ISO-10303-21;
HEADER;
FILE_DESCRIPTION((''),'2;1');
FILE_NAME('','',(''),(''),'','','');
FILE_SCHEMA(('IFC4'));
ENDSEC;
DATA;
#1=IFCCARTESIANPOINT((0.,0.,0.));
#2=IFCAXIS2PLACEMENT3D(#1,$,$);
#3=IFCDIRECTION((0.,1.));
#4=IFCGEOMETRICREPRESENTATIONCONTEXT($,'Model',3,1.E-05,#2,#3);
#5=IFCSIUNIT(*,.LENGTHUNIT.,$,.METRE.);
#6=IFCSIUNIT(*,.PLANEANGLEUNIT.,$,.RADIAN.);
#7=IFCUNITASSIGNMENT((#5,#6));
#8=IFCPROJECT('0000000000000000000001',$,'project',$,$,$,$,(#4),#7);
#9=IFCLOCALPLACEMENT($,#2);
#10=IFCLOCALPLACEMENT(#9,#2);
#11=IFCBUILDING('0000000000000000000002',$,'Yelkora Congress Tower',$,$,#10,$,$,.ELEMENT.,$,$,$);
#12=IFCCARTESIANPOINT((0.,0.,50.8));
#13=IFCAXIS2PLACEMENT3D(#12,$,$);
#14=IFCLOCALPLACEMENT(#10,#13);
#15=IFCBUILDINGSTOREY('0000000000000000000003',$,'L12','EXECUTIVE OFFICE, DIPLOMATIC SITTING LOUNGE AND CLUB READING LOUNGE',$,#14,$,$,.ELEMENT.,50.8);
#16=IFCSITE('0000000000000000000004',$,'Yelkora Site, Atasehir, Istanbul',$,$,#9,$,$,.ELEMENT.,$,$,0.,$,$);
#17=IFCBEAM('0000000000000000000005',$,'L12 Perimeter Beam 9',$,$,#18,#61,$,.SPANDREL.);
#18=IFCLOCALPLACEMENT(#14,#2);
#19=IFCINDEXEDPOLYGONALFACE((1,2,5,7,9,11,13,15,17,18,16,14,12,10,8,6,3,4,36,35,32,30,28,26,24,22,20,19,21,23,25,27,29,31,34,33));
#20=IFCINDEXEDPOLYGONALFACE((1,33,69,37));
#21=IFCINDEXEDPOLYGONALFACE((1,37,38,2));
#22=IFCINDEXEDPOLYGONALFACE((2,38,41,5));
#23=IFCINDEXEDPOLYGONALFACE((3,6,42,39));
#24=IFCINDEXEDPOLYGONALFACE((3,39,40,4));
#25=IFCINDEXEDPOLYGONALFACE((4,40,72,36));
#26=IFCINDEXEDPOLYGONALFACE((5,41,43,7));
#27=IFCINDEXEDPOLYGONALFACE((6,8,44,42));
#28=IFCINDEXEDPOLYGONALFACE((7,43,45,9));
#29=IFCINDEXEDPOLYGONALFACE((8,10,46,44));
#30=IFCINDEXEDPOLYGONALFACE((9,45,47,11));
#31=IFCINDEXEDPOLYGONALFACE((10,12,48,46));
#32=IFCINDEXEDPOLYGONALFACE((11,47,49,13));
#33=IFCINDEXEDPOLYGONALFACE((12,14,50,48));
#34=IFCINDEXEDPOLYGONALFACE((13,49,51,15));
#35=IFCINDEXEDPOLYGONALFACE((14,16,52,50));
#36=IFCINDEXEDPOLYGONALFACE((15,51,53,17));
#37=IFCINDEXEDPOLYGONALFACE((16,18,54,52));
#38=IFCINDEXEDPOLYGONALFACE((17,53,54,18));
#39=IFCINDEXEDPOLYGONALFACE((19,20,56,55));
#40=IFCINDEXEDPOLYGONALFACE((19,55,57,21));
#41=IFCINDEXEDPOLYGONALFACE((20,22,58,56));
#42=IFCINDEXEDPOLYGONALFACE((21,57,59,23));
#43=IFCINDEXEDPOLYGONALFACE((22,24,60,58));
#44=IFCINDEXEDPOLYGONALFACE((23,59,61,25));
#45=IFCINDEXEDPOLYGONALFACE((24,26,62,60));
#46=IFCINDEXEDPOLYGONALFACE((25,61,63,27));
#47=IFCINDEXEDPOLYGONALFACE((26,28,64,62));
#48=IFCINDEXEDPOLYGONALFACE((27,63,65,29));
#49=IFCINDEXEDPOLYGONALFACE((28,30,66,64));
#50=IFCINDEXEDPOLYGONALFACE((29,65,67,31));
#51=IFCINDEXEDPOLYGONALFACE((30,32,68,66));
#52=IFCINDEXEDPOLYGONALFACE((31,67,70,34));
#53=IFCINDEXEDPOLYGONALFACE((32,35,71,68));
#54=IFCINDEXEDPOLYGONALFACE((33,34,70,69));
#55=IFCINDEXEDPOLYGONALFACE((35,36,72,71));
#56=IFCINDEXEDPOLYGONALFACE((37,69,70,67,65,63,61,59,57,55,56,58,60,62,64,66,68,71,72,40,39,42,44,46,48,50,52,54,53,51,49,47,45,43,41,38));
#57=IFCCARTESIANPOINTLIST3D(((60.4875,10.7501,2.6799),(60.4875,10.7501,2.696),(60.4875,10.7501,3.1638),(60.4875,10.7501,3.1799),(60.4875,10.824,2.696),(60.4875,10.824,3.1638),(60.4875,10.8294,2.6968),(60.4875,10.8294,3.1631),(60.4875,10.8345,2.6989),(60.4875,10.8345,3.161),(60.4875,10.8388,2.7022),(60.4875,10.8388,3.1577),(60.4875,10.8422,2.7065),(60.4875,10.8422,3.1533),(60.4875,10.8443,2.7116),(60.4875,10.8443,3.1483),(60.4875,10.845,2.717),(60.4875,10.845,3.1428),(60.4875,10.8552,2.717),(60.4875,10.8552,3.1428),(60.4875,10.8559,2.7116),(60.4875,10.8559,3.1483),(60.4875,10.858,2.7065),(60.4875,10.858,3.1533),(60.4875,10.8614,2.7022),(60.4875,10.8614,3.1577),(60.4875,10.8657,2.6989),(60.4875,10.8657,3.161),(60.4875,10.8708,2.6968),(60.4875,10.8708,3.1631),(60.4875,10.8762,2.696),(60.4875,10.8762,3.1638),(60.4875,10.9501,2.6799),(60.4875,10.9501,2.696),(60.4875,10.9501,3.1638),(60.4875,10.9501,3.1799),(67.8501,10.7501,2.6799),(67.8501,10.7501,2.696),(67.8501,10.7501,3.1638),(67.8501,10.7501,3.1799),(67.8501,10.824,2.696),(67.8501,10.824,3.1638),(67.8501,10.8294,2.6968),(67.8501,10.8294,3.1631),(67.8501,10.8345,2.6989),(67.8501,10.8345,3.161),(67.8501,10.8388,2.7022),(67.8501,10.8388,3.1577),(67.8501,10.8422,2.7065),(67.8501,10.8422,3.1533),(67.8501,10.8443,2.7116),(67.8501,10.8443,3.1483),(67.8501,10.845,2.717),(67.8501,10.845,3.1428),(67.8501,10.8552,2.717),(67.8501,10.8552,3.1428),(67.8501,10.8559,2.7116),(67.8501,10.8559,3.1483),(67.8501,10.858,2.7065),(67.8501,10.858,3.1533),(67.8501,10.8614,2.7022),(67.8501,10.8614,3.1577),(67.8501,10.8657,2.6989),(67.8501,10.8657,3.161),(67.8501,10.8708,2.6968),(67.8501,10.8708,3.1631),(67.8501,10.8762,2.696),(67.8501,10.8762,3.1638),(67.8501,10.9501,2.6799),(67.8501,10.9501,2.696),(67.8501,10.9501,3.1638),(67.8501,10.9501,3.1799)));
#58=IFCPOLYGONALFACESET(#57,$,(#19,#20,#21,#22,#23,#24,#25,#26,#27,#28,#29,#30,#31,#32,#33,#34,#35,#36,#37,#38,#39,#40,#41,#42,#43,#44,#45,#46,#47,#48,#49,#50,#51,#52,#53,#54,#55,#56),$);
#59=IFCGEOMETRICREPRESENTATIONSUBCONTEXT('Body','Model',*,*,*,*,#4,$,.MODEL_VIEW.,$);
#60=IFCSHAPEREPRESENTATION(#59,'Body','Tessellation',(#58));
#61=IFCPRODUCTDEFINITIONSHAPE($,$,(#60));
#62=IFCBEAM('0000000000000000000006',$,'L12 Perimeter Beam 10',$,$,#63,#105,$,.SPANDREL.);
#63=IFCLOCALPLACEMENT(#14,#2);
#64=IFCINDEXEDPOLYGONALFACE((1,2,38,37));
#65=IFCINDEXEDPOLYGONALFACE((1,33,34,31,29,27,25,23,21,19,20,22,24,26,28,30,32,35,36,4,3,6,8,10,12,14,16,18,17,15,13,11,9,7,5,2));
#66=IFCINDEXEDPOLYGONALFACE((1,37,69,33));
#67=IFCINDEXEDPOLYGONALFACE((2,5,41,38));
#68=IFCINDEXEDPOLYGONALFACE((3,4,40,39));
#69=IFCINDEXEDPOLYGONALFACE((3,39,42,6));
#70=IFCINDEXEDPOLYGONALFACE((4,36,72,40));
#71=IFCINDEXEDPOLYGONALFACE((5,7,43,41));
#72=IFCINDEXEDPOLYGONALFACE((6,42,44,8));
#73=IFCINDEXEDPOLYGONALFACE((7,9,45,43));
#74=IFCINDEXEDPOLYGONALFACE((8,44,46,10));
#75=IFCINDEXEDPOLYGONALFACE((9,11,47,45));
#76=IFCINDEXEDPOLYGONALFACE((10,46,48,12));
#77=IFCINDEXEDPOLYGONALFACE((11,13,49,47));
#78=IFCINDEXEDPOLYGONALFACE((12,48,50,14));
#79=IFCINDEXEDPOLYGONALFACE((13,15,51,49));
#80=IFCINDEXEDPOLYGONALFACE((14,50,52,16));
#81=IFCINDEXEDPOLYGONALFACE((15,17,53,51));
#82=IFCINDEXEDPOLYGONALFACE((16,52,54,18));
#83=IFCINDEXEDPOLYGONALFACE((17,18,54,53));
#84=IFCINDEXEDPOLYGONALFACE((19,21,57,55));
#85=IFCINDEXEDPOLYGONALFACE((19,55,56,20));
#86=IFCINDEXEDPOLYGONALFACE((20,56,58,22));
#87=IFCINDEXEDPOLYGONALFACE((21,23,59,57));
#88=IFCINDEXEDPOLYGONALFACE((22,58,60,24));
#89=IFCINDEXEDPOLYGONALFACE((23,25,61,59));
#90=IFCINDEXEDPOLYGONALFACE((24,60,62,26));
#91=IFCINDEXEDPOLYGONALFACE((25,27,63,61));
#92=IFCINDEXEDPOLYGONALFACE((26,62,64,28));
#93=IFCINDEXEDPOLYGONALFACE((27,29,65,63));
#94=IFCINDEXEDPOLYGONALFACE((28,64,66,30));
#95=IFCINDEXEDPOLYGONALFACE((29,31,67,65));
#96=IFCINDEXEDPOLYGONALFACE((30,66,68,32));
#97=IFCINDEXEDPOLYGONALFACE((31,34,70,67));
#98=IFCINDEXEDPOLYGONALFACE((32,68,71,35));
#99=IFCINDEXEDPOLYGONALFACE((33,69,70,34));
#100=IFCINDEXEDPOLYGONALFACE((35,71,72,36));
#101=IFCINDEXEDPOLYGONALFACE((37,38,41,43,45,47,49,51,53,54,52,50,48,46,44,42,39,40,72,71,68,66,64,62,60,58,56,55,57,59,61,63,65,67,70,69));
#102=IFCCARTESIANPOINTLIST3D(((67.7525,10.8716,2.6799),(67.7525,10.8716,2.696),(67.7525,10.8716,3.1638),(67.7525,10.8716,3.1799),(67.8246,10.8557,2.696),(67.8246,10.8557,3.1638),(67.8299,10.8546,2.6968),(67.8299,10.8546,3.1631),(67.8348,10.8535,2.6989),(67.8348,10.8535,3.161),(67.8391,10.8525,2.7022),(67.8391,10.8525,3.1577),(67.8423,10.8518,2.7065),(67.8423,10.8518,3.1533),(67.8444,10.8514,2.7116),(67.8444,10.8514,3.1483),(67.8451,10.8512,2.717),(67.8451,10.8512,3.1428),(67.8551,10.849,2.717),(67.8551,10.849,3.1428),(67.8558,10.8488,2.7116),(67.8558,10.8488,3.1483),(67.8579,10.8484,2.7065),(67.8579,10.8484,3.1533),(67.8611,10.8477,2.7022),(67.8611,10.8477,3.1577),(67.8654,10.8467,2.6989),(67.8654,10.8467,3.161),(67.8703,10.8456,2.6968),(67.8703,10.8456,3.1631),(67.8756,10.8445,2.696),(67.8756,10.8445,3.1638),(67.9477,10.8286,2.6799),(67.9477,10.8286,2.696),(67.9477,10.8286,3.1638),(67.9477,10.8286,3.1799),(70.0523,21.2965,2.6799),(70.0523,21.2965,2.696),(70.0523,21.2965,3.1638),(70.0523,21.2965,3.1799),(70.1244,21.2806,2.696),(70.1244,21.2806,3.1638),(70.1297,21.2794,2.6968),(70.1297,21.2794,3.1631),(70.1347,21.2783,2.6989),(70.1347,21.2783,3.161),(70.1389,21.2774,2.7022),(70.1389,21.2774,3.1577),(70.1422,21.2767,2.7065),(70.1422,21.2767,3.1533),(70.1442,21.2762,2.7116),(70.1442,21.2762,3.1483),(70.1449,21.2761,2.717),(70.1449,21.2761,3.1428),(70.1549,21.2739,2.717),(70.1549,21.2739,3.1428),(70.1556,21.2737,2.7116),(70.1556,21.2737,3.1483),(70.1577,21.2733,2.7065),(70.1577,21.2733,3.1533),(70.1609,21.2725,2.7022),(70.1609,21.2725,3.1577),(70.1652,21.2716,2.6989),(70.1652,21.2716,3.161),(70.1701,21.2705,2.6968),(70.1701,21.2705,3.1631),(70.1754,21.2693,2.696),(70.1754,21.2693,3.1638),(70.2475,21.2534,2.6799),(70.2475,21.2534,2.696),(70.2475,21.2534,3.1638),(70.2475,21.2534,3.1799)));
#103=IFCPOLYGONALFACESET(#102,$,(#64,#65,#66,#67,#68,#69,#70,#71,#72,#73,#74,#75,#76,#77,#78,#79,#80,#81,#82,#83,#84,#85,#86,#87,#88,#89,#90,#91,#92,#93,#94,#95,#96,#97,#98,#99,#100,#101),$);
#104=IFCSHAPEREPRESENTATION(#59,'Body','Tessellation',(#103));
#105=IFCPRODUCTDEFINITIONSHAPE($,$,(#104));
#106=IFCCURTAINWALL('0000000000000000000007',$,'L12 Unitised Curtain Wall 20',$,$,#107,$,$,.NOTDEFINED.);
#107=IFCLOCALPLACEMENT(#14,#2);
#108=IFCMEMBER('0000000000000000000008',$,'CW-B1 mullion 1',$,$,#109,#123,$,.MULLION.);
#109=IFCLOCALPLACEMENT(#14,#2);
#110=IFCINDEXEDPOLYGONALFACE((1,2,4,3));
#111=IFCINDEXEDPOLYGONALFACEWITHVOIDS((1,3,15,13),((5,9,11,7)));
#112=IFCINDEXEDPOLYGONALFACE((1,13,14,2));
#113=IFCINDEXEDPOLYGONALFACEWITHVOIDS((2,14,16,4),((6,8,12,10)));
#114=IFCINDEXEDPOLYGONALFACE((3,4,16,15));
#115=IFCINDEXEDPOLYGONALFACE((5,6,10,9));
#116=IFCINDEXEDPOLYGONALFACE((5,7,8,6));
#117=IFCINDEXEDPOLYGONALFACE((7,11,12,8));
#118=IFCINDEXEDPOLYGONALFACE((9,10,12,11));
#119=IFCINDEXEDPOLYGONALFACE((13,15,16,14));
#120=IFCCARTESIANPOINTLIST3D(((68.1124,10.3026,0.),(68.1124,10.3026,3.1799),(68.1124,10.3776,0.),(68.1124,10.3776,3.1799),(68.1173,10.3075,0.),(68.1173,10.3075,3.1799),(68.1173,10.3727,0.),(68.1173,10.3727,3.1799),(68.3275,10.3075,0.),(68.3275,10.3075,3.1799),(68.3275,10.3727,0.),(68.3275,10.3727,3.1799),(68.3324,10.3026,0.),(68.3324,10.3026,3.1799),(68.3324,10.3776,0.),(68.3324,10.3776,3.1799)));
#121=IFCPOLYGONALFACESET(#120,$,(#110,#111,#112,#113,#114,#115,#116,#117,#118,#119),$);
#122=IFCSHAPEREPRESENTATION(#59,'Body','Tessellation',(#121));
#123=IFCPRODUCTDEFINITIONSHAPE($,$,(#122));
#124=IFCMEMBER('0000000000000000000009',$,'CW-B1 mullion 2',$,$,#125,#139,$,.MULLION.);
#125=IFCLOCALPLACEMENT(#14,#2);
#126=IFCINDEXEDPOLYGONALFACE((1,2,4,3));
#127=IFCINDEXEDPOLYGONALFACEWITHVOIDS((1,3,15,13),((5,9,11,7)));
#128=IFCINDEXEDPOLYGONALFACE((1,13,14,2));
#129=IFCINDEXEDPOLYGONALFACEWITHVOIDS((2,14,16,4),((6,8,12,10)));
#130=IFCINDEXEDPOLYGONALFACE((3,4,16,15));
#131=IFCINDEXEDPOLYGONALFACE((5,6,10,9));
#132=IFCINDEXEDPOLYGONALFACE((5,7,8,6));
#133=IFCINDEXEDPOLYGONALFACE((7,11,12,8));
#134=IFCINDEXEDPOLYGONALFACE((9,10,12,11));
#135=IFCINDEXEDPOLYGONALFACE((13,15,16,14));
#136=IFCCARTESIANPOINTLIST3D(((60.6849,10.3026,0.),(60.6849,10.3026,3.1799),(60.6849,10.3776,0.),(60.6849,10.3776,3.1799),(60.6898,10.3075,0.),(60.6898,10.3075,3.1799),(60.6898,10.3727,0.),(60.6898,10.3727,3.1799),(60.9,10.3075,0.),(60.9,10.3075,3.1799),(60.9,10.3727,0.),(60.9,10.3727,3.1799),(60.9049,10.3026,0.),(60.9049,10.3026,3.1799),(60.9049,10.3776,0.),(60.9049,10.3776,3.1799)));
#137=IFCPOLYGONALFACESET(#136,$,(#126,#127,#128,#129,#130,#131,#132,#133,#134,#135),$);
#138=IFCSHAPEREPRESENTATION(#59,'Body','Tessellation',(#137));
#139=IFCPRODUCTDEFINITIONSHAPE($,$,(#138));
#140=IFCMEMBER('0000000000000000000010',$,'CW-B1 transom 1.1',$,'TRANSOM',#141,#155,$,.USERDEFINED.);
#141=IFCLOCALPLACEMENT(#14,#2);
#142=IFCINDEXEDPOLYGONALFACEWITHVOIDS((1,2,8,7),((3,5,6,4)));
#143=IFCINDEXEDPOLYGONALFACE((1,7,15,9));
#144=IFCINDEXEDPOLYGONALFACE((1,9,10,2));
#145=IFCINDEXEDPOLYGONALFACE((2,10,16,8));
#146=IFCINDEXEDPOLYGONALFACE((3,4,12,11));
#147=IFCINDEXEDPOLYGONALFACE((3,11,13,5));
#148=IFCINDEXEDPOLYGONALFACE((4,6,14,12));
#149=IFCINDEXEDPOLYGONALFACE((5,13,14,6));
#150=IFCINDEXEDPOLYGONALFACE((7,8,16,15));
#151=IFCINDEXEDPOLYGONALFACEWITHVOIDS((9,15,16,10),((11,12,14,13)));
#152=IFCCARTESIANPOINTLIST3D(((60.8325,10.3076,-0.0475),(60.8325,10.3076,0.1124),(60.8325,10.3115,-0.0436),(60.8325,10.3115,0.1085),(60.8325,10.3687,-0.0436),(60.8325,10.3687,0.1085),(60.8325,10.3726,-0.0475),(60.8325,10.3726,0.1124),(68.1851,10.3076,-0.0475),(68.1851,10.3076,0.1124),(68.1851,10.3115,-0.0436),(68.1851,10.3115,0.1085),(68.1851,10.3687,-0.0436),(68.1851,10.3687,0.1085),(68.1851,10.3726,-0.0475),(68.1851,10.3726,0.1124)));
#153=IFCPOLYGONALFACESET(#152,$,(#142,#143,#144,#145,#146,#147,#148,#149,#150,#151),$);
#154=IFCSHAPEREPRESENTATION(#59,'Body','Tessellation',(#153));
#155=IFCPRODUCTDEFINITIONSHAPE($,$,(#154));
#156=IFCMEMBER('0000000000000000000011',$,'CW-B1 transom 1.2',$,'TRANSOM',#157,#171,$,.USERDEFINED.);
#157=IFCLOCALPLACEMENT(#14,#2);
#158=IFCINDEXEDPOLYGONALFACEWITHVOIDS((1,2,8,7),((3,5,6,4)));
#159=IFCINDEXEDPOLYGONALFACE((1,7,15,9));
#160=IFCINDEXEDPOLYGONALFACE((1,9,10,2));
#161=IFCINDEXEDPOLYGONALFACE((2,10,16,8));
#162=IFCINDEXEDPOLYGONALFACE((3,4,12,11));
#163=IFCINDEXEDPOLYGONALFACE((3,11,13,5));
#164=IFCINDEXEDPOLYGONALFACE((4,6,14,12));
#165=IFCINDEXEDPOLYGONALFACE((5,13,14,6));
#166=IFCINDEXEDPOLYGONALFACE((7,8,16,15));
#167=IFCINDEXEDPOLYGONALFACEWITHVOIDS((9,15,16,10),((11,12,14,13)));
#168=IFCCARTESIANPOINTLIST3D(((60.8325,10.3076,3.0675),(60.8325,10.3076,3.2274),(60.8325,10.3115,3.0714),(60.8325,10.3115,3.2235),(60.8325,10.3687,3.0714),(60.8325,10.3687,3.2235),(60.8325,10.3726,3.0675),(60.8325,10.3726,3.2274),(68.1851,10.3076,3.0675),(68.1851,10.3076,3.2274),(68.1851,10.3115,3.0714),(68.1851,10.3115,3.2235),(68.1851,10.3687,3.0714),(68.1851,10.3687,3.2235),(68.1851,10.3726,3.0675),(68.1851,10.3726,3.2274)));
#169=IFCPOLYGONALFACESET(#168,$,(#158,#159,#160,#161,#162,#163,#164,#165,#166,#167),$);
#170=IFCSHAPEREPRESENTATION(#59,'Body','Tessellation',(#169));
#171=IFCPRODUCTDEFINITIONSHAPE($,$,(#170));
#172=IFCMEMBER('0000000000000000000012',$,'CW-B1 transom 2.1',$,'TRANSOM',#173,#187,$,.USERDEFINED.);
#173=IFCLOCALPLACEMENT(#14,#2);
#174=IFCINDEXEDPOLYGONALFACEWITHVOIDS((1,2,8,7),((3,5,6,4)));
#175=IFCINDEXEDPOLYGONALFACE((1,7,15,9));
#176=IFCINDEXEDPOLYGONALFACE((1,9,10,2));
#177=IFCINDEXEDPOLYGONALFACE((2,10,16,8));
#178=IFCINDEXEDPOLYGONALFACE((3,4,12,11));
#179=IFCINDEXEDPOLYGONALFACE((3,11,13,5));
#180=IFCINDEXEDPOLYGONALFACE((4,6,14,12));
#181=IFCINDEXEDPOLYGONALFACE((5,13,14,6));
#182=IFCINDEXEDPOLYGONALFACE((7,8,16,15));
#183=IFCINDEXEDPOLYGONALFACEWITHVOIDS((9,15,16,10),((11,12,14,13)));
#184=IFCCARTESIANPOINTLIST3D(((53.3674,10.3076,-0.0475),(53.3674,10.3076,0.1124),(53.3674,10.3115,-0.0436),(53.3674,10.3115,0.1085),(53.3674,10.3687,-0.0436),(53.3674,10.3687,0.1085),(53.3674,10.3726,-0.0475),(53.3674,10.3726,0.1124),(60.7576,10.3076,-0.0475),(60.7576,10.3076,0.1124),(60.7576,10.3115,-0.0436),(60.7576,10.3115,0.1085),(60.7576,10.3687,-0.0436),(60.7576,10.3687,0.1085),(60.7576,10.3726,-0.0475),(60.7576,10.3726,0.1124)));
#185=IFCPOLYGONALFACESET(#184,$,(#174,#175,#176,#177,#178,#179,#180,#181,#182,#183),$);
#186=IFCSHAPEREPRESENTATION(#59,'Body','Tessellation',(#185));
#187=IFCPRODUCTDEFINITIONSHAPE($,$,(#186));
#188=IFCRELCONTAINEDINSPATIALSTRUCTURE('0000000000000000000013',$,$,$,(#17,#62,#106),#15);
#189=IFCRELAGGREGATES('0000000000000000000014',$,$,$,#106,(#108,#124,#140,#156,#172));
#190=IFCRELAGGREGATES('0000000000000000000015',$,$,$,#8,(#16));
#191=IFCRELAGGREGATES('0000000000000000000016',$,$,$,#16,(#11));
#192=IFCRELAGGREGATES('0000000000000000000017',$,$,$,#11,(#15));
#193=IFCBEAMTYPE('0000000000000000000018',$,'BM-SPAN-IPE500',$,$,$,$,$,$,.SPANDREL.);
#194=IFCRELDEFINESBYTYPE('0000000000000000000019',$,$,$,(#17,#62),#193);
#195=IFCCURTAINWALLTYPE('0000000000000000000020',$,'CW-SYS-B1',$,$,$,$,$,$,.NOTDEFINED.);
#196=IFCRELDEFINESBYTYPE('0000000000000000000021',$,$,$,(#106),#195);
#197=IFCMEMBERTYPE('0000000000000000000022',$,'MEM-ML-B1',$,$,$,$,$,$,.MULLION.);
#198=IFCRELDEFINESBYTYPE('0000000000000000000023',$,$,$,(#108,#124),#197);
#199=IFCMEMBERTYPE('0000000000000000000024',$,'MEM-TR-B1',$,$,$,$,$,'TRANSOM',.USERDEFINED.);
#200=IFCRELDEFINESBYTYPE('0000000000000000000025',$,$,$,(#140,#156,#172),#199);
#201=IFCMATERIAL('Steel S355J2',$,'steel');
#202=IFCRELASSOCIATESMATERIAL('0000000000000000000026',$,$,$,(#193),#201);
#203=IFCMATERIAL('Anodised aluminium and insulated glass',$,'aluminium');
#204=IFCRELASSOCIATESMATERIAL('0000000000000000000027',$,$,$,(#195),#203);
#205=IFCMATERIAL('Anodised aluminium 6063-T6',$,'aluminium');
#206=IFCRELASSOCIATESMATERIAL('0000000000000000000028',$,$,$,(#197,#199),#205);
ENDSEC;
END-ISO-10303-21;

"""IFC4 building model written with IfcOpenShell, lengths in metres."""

from ifc_helpers import new_model, si_unit, direction, frame, origin, origin_2d, place, context, subcontext, project, spatial, hollow_rectangle, i_section, extrude, material, material_profile, profile_set, type_object, element, aggregate, save


model = new_model("IFC4")

# Units and contexts
model_context = context("Model", 3, precision=1e-05, world=origin(), true_north=direction((0.0, 1.0)))
body_context = subcontext(model_context, "Body", "Model", "MODEL_VIEW")
ifc_project = project(units=[si_unit("LENGTHUNIT", "METRE"), si_unit("PLANEANGLEUNIT", "RADIAN")], contexts=[model_context])

# Site, building, storey
site_placement = place(None, origin())
site = spatial("IfcSite", under=ifc_project, at=site_placement, Name="Yelkora Site, Atasehir, Istanbul", CompositionType="ELEMENT", RefElevation=0.0)
building_placement = place(site_placement, origin())
building = spatial("IfcBuilding", under=site, at=building_placement, Name="Yelkora Congress Tower", CompositionType="ELEMENT")
storey_placement = place(building_placement, frame((0.0, 0.0, 50.8)))
storey = spatial("IfcBuildingStorey", under=building, at=storey_placement, Name="L12", Description="EXECUTIVE OFFICE, DIPLOMATIC SITTING LOUNGE AND CLUB READING LOUNGE", CompositionType="ELEMENT", Elevation=50.8)

# Beams
ifc_material_1 = material(Name="Steel S355J2", Category="steel")
ifc_material_profile_1 = material_profile(ifc_material_1, i_section(OverallWidth=0.2, OverallDepth=0.5, WebThickness=0.0103, FlangeThickness=0.0161, FilletRadius=0.021, at=origin_2d()), Name="IPE 500")
ifc_profile_set_1 = profile_set([ifc_material_profile_1], Name="Steel S355J2")
beam_type_1 = type_object("IfcBeamType", Name="BM-SPAN-IPE500", PredefinedType="SPANDREL", material=ifc_profile_set_1)
beam_1_placement = place(storey_placement, frame((60.4875, 10.8501, 2.9299), z_axis=(1.0, 0.0, 0.0), x_axis=(0.0, 1.0, 0.0)))
element("IfcBeam", 1, at=beam_1_placement, inside=storey, type_object=beam_type_1, Name="L12 Perimeter Beam 9", PredefinedType="SPANDREL", context=body_context, shape_type="SweptSolid", body=[
    extrude(i_section(OverallWidth=0.2, OverallDepth=0.5, WebThickness=0.0103, FlangeThickness=0.0161, FilletRadius=0.021, at=origin_2d()), origin(), (0.0, 0.0, 1.0), 7.3625),
])
beam_2_placement = place(storey_placement, frame((67.8501, 10.8501, 2.9299), z_axis=(0.215429, 0.97652, 0.0), x_axis=(-0.97652, 0.215429, 0.0)))
element("IfcBeam", 2, at=beam_2_placement, inside=storey, type_object=beam_type_1, Name="L12 Perimeter Beam 10", PredefinedType="SPANDREL", context=body_context, shape_type="SweptSolid", body=[
    extrude(i_section(OverallWidth=0.2, OverallDepth=0.5, WebThickness=0.0103, FlangeThickness=0.0161, FilletRadius=0.021, at=origin_2d()), origin(), (0.0, 0.0, 1.0), 10.6755),
])

# Curtain wall, members
ifc_material_2 = material(Name="Anodised aluminium and insulated glass", Category="aluminium")
curtain_wall_type = type_object("IfcCurtainWallType", Name="CW-SYS-B1", PredefinedType="NOTDEFINED", material=ifc_material_2)
curtain_wall_placement = place(storey_placement, origin())
curtain_wall = element("IfcCurtainWall", 3, at=curtain_wall_placement, inside=storey, type_object=curtain_wall_type, Name="L12 Unitised Curtain Wall 20", PredefinedType="NOTDEFINED")
ifc_material_3 = material(Name="Anodised aluminium 6063-T6", Category="aluminium")
ifc_material_profile_2 = material_profile(ifc_material_3, hollow_rectangle(XDim=0.075, YDim=0.22, WallThickness=0.0049, at=origin_2d()), Name="ALU 75x220x5")
ifc_profile_set_2 = profile_set([ifc_material_profile_2], Name="Anodised aluminium 6063-T6")
member_type_1 = type_object("IfcMemberType", Name="MEM-ML-B1", PredefinedType="MULLION", material=ifc_profile_set_2)
member_1_placement = place(storey_placement, frame((68.2224, 10.3401, 0.0), z_axis=(0.0, 0.0, 1.0), x_axis=(0.0, -1.0, 0.0)))
member_1 = element("IfcMember", 4, at=member_1_placement, type_object=member_type_1, Name="CW-B1 mullion 1", PredefinedType="MULLION", context=body_context, shape_type="SweptSolid", body=[
    extrude(hollow_rectangle(XDim=0.075, YDim=0.22, WallThickness=0.0049, at=origin_2d()), origin(), (0.0, 0.0, 1.0), 3.1799),
])
member_2_placement = place(storey_placement, frame((60.7949, 10.3401, 0.0), z_axis=(0.0, 0.0, 1.0), x_axis=(0.0, -1.0, 0.0)))
member_2 = element("IfcMember", 5, at=member_2_placement, type_object=member_type_1, Name="CW-B1 mullion 2", PredefinedType="MULLION", context=body_context, shape_type="SweptSolid", body=[
    extrude(hollow_rectangle(XDim=0.075, YDim=0.22, WallThickness=0.0049, at=origin_2d()), origin(), (0.0, 0.0, 1.0), 3.1799),
])
ifc_material_profile_3 = material_profile(ifc_material_3, hollow_rectangle(XDim=0.0649, YDim=0.1599, WallThickness=0.0039, at=origin_2d()), Name="ALU 65x160x4")
ifc_profile_set_3 = profile_set([ifc_material_profile_3], Name="Anodised aluminium 6063-T6")
member_type_2 = type_object("IfcMemberType", Name="MEM-TR-B1", ElementType="TRANSOM", PredefinedType="USERDEFINED", material=ifc_profile_set_3)
member_3_placement = place(storey_placement, frame((68.1851, 10.3401, 0.0325), z_axis=(-1.0, 0.0, 0.0), x_axis=(0.0, -1.0, 0.0)))
member_3 = element("IfcMember", 6, at=member_3_placement, type_object=member_type_2, Name="CW-B1 transom 1.1", ObjectType="TRANSOM", PredefinedType="USERDEFINED", context=body_context, shape_type="SweptSolid", body=[
    extrude(hollow_rectangle(XDim=0.0649, YDim=0.1599, WallThickness=0.0039, at=origin_2d()), origin(), (0.0, 0.0, 1.0), 7.3525),
])
member_4_placement = place(storey_placement, frame((68.1851, 10.3401, 3.1475), z_axis=(-1.0, 0.0, 0.0), x_axis=(0.0, -1.0, 0.0)))
member_4 = element("IfcMember", 7, at=member_4_placement, type_object=member_type_2, Name="CW-B1 transom 1.2", ObjectType="TRANSOM", PredefinedType="USERDEFINED", context=body_context, shape_type="SweptSolid", body=[
    extrude(hollow_rectangle(XDim=0.0649, YDim=0.1599, WallThickness=0.0039, at=origin_2d()), origin(), (0.0, 0.0, 1.0), 7.3525),
])
member_5_placement = place(storey_placement, frame((60.7576, 10.3401, 0.0325), z_axis=(-1.0, 0.0, 0.0), x_axis=(0.0, -1.0, 0.0)))
member_5 = element("IfcMember", 8, at=member_5_placement, type_object=member_type_2, Name="CW-B1 transom 2.1", ObjectType="TRANSOM", PredefinedType="USERDEFINED", context=body_context, shape_type="SweptSolid", body=[
    extrude(hollow_rectangle(XDim=0.0649, YDim=0.1599, WallThickness=0.0039, at=origin_2d()), origin(), (0.0, 0.0, 1.0), 7.3901),
])
aggregate(curtain_wall, [member_1, member_2, member_3, member_4, member_5])

save(model, "model.ifc")
